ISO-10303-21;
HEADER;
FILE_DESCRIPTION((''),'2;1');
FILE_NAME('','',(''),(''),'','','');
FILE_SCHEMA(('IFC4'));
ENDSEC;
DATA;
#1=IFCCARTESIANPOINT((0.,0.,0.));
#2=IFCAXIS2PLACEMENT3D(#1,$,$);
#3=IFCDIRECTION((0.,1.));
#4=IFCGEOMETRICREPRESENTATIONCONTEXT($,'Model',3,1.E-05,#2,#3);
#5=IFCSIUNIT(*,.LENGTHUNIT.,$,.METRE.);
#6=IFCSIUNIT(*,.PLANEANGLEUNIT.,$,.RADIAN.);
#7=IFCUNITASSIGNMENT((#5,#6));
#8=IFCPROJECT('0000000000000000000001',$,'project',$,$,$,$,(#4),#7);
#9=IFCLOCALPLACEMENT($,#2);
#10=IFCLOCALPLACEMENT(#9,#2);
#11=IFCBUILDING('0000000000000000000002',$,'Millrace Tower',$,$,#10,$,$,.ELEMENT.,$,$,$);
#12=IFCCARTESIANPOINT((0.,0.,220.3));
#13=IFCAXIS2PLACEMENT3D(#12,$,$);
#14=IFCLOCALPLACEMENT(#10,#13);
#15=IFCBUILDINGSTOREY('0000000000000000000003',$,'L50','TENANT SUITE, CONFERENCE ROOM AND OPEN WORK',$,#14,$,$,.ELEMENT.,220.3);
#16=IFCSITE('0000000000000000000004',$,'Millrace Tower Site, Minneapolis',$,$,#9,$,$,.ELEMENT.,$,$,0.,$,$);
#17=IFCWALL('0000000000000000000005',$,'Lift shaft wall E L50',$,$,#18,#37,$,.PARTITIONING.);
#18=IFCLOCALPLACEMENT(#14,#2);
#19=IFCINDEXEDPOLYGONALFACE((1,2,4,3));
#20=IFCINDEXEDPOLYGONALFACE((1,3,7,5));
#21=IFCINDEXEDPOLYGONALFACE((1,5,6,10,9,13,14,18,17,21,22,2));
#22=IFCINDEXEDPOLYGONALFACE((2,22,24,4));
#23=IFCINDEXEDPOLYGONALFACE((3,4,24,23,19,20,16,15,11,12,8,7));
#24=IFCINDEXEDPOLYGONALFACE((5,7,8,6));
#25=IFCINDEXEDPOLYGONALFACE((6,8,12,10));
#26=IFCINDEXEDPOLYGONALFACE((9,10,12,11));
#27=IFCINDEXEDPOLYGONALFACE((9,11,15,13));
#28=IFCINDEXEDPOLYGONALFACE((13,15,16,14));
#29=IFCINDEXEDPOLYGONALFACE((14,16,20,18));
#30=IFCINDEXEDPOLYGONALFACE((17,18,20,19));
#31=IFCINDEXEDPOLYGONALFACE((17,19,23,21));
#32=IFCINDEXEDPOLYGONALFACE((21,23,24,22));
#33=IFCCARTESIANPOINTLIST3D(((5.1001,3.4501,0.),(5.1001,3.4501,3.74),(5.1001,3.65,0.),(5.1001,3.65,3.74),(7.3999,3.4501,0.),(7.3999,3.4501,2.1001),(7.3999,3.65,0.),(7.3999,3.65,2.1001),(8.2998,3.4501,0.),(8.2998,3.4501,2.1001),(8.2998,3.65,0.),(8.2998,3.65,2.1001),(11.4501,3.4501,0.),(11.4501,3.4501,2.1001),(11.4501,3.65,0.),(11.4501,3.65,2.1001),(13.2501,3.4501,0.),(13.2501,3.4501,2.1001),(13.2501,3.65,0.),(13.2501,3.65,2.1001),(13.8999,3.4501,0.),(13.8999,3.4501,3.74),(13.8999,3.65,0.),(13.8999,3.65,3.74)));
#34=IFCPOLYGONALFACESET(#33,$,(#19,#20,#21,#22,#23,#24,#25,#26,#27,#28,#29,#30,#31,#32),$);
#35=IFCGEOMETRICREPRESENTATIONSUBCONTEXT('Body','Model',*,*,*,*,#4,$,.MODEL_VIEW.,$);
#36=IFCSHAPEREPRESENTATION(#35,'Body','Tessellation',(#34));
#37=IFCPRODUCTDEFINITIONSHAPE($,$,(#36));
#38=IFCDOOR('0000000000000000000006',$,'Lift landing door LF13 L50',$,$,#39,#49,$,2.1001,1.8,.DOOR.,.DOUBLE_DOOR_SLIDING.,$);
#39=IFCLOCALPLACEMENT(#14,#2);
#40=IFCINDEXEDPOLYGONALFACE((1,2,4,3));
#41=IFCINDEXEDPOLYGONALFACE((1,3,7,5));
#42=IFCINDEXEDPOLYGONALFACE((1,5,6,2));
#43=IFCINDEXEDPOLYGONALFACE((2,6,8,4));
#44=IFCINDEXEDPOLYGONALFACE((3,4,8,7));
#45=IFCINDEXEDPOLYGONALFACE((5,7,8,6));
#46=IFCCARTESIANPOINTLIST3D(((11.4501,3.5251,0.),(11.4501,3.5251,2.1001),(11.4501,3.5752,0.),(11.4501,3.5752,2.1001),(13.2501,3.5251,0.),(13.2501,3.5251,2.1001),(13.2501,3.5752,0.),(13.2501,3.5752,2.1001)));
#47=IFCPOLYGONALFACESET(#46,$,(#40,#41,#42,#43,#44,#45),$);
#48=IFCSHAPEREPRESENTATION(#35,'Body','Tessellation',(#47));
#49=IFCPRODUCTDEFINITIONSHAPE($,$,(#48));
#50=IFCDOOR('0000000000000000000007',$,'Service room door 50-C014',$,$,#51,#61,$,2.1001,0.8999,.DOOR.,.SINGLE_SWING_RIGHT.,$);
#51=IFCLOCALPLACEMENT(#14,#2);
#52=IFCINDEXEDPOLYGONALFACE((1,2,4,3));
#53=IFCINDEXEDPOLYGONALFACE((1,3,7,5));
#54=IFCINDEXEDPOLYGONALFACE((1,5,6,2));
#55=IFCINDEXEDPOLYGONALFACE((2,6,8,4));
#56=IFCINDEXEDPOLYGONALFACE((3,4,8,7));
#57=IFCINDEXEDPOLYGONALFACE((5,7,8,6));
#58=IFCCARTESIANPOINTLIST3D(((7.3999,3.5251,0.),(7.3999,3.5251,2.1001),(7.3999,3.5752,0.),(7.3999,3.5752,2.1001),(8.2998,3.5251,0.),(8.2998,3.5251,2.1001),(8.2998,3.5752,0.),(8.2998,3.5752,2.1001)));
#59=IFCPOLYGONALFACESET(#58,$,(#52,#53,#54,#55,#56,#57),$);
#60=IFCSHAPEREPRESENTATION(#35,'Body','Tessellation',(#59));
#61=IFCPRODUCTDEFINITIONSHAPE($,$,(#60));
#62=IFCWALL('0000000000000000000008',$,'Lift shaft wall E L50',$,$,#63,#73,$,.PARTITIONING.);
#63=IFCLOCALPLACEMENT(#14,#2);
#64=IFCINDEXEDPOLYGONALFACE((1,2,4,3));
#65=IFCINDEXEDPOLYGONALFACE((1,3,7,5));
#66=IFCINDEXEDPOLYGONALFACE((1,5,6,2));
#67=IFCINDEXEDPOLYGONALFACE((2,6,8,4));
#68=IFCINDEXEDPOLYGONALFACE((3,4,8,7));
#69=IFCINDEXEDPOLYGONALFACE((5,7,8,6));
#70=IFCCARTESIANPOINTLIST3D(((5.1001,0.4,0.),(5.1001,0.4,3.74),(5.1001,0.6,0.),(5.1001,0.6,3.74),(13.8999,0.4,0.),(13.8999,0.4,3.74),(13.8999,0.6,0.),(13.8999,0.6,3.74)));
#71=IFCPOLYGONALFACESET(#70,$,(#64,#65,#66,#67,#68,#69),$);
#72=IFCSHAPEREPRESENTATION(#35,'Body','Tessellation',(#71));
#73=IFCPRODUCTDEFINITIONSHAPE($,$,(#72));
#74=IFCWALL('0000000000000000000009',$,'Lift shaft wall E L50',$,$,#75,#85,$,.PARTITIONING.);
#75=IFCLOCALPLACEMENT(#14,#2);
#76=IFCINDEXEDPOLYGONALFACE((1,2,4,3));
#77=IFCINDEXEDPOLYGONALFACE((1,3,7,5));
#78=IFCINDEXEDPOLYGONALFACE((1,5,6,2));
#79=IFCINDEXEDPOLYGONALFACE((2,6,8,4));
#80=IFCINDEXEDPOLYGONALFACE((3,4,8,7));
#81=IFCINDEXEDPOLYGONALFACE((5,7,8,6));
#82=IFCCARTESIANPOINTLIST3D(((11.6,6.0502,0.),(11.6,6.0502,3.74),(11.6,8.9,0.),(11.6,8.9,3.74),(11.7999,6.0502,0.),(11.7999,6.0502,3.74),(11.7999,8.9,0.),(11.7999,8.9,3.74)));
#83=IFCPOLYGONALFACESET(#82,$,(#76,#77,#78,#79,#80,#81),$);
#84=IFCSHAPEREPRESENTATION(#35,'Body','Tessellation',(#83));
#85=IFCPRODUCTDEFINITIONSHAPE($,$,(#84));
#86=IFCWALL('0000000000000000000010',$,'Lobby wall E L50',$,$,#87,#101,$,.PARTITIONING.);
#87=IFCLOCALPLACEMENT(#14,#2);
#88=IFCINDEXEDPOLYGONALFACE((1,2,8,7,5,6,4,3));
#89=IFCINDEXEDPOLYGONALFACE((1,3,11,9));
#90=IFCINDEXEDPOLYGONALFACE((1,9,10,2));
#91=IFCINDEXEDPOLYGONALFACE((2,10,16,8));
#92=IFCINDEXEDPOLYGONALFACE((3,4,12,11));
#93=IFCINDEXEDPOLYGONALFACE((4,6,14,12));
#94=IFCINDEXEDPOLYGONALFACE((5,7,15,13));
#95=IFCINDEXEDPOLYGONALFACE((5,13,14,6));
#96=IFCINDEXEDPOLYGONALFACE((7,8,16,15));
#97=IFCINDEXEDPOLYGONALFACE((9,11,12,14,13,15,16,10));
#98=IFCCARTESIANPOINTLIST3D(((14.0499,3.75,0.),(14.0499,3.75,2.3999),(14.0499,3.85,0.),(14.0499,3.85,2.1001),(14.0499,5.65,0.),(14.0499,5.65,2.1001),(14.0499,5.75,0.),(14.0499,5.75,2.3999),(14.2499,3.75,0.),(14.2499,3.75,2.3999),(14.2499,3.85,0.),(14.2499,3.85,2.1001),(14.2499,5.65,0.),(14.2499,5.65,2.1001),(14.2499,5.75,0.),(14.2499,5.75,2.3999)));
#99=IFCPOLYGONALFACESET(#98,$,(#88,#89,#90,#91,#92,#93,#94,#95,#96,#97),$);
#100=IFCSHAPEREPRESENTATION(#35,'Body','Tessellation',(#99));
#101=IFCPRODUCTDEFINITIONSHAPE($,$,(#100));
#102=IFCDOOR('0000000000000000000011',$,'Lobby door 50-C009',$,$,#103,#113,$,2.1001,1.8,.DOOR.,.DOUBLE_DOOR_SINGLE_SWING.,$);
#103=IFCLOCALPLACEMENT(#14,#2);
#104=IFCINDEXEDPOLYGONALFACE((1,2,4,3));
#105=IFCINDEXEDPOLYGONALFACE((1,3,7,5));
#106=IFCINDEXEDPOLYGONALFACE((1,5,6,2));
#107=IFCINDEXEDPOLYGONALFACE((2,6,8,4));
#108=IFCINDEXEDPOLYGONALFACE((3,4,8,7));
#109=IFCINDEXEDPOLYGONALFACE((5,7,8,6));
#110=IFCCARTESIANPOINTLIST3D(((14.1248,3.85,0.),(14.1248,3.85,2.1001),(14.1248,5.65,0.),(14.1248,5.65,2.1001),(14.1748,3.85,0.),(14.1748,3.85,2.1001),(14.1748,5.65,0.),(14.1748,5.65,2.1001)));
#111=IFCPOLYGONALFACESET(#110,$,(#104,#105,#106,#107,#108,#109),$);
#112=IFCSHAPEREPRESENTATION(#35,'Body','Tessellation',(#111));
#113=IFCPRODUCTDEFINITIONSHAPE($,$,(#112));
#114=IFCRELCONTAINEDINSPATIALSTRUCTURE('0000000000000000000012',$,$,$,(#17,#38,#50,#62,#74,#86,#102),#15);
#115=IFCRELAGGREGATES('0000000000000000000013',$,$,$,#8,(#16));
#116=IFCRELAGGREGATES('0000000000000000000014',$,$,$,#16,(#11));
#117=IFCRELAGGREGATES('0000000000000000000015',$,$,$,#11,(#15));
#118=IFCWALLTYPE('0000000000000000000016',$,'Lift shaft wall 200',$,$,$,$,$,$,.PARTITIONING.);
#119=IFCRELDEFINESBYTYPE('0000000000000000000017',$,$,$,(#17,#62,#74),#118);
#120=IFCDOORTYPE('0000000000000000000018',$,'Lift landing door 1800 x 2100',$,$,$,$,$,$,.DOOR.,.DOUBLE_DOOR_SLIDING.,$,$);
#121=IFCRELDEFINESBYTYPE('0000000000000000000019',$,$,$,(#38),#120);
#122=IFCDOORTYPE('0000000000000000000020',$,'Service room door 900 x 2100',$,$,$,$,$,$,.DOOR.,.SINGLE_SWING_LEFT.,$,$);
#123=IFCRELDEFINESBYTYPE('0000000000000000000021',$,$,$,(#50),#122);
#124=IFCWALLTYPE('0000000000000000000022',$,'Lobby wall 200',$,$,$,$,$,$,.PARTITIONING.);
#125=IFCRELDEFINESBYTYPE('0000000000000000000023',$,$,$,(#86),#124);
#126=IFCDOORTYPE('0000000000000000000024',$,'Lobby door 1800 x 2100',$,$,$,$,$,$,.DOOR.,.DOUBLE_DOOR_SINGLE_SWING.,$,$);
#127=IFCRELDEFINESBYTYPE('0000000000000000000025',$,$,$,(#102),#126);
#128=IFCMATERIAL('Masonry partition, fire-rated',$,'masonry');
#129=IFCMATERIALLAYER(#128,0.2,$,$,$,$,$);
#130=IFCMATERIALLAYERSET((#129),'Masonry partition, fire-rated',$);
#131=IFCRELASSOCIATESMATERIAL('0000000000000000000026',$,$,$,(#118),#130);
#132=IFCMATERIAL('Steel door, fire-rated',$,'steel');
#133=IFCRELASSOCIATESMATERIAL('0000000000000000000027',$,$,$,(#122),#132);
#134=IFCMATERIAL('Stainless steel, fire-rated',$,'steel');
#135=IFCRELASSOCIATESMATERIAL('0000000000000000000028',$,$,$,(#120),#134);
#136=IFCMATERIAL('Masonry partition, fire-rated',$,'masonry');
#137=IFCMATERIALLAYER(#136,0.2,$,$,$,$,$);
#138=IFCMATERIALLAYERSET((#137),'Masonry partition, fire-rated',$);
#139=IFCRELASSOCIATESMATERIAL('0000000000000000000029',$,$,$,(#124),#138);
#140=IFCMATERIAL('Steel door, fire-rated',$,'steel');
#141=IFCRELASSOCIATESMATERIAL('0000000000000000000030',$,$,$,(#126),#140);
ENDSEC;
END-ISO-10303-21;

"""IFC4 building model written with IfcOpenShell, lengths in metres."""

from ifc_helpers import new_model, si_unit, direction, frame, frame_2d, origin, place, context, subcontext, project, spatial, rectangle, extrude, material, layer, layer_set, type_object, element, fill, save


model = new_model("IFC4")

# Units and contexts
model_context = context("Model", 3, precision=1e-05, world=origin(), true_north=direction((0.0, 1.0)))
body_context = subcontext(model_context, "Body", "Model", "MODEL_VIEW")
ifc_project = project(units=[si_unit("LENGTHUNIT", "METRE"), si_unit("PLANEANGLEUNIT", "RADIAN")], contexts=[model_context])

# Site, building, storey
site_placement = place(None, origin())
site = spatial("IfcSite", under=ifc_project, at=site_placement, Name="Millrace Tower Site, Minneapolis", CompositionType="ELEMENT", RefElevation=0.0)
building_placement = place(site_placement, origin())
building = spatial("IfcBuilding", under=site, at=building_placement, Name="Millrace Tower", CompositionType="ELEMENT")
storey_placement = place(building_placement, frame((0.0, 0.0, 220.3)))
storey = spatial("IfcBuildingStorey", under=building, at=storey_placement, Name="L50", Description="TENANT SUITE, CONFERENCE ROOM AND OPEN WORK", CompositionType="ELEMENT", Elevation=220.3)

# Wall, openings, doors
ifc_material_1 = material(Name="Masonry partition, fire-rated", Category="masonry")
ifc_layer_1 = layer(ifc_material_1, 0.2)
ifc_layer_set_1 = layer_set([ifc_layer_1], Name="Masonry partition, fire-rated")
wall_type_1 = type_object("IfcWallType", Name="Lift shaft wall 200", PredefinedType="PARTITIONING", material=ifc_layer_set_1)
ifc_material_2 = material(Name="Steel door, fire-rated", Category="steel")
door_type_1 = type_object("IfcDoorType", Name="Service room door 900 x 2100", OperationType="SINGLE_SWING_LEFT", PredefinedType="DOOR", material=ifc_material_2)
wall_1_placement = place(storey_placement, frame((13.8999, 3.55, 0.0), z_axis=(0.0, 0.0, 1.0), x_axis=(-1.0, 0.0, 0.0)))
wall_1 = element("IfcWall", 1, at=wall_1_placement, inside=storey, type_object=wall_type_1, Name="Lift shaft wall E L50", PredefinedType="PARTITIONING", context=body_context, shape_type="SweptSolid", body=[
    extrude(rectangle(XDim=8.7998, YDim=0.2, at=frame_2d((4.3999, 0.0))), origin(), (0.0, 0.0, 1.0), 3.74),
])
opening_1_placement = place(wall_1_placement, frame((0.6499, 0.0, 0.0)))
opening_1 = element("IfcOpeningElement", 2, at=opening_1_placement, cuts=wall_1, PredefinedType="OPENING", context=body_context, shape_type="SweptSolid", body=[
    extrude(rectangle(XDim=1.8, YDim=2.1001, at=frame_2d((0.8999, 1.05))), frame((0.0, 0.1099, 0.0), z_axis=(0.0, -1.0, 0.0), x_axis=(1.0, 0.0, 0.0)), (0.0, 0.0, 1.0), 0.22),
])
opening_2_placement = place(wall_1_placement, frame((5.6001, 0.0, 0.0)))
opening_2 = element("IfcOpeningElement", 3, at=opening_2_placement, cuts=wall_1, PredefinedType="OPENING", context=body_context, shape_type="SweptSolid", body=[
    extrude(rectangle(XDim=0.8999, YDim=2.1001, at=frame_2d((0.45, 1.05))), frame((0.0, 0.1099, 0.0), z_axis=(0.0, -1.0, 0.0), x_axis=(1.0, 0.0, 0.0)), (0.0, 0.0, 1.0), 0.22),
])
ifc_material_3 = material(Name="Stainless steel, fire-rated", Category="steel")
door_type_2 = type_object("IfcDoorType", Name="Lift landing door 1800 x 2100", OperationType="DOUBLE_DOOR_SLIDING", PredefinedType="DOOR", material=ifc_material_3)
door_1_placement = place(opening_1_placement, origin())
door_1 = element("IfcDoor", 4, at=door_1_placement, inside=storey, type_object=door_type_2, Name="Lift landing door LF13 L50", OperationType="DOUBLE_DOOR_SLIDING", OverallHeight=2.1001, OverallWidth=1.8, PredefinedType="DOOR", context=body_context, shape_type="SweptSolid", body=[
    extrude(rectangle(XDim=1.8, YDim=2.1001, at=frame_2d((0.8999, 1.05))), frame((0.0, 0.0249, 0.0), z_axis=(0.0, -1.0, 0.0), x_axis=(1.0, 0.0, 0.0)), (0.0, 0.0, 1.0), 0.05),
])
fill(opening_1, door_1)
door_2_placement = place(opening_2_placement, origin())
door_2 = element("IfcDoor", 5, at=door_2_placement, inside=storey, type_object=door_type_1, Name="Service room door 50-C014", OperationType="SINGLE_SWING_RIGHT", OverallHeight=2.1001, OverallWidth=0.8999, PredefinedType="DOOR", context=body_context, shape_type="SweptSolid", body=[
    extrude(rectangle(XDim=0.8999, YDim=2.1001, at=frame_2d((0.45, 1.05))), frame((0.0, 0.0249, 0.0), z_axis=(0.0, -1.0, 0.0), x_axis=(1.0, 0.0, 0.0)), (0.0, 0.0, 1.0), 0.05),
])
fill(opening_2, door_2)

# Walls
wall_2_placement = place(storey_placement, frame((13.8999, 0.5, 0.0), z_axis=(0.0, 0.0, 1.0), x_axis=(-1.0, 0.0, 0.0)))
element("IfcWall", 6, at=wall_2_placement, inside=storey, type_object=wall_type_1, Name="Lift shaft wall E L50", PredefinedType="PARTITIONING", context=body_context, shape_type="SweptSolid", body=[
    extrude(rectangle(XDim=8.7998, YDim=0.2, at=frame_2d((4.3999, 0.0))), origin(), (0.0, 0.0, 1.0), 3.74),
])
wall_3_placement = place(storey_placement, frame((11.7, 8.8999, 0.0), z_axis=(0.0, 0.0, 1.0), x_axis=(0.0, -1.0, 0.0)))
element("IfcWall", 7, at=wall_3_placement, inside=storey, type_object=wall_type_1, Name="Lift shaft wall E L50", PredefinedType="PARTITIONING", context=body_context, shape_type="SweptSolid", body=[
    extrude(rectangle(XDim=2.8499, YDim=0.2, at=frame_2d((1.4248, 0.0))), origin(), (0.0, 0.0, 1.0), 3.74),
])

# Wall, opening, door
ifc_material_4 = material(Name="Masonry partition, fire-rated", Category="masonry")
ifc_layer_2 = layer(ifc_material_4, 0.2)
ifc_layer_set_2 = layer_set([ifc_layer_2], Name="Masonry partition, fire-rated")
wall_type_2 = type_object("IfcWallType", Name="Lobby wall 200", PredefinedType="PARTITIONING", material=ifc_layer_set_2)
wall_4_placement = place(storey_placement, frame((14.1499, 5.75, 0.0), z_axis=(0.0, 0.0, 1.0), x_axis=(0.0, -1.0, 0.0)))
wall_4 = element("IfcWall", 8, at=wall_4_placement, inside=storey, type_object=wall_type_2, Name="Lobby wall E L50", PredefinedType="PARTITIONING", context=body_context, shape_type="SweptSolid", body=[
    extrude(rectangle(XDim=2.0, YDim=0.2, at=frame_2d((1.0, 0.0))), origin(), (0.0, 0.0, 1.0), 2.3999),
])
opening_3_placement = place(wall_4_placement, frame((0.1001, 0.0, 0.0)))
opening_3 = element("IfcOpeningElement", 9, at=opening_3_placement, cuts=wall_4, PredefinedType="OPENING", context=body_context, shape_type="SweptSolid", body=[
    extrude(rectangle(XDim=1.8, YDim=2.1001, at=frame_2d((0.8999, 1.05))), frame((0.0, 0.1099, 0.0), z_axis=(0.0, -1.0, 0.0), x_axis=(1.0, 0.0, 0.0)), (0.0, 0.0, 1.0), 0.22),
])
ifc_material_5 = material(Name="Steel door, fire-rated", Category="steel")
door_type_3 = type_object("IfcDoorType", Name="Lobby door 1800 x 2100", OperationType="DOUBLE_DOOR_SINGLE_SWING", PredefinedType="DOOR", material=ifc_material_5)
door_3_placement = place(opening_3_placement, origin())
door_3 = element("IfcDoor", 10, at=door_3_placement, inside=storey, type_object=door_type_3, Name="Lobby door 50-C009", OperationType="DOUBLE_DOOR_SINGLE_SWING", OverallHeight=2.1001, OverallWidth=1.8, PredefinedType="DOOR", context=body_context, shape_type="SweptSolid", body=[
    extrude(rectangle(XDim=1.8, YDim=2.1001, at=frame_2d((0.8999, 1.05))), frame((0.0, 0.0249, 0.0), z_axis=(0.0, -1.0, 0.0), x_axis=(1.0, 0.0, 0.0)), (0.0, 0.0, 1.0), 0.05),
])
fill(opening_3, door_3)

save(model, "model.ifc")
